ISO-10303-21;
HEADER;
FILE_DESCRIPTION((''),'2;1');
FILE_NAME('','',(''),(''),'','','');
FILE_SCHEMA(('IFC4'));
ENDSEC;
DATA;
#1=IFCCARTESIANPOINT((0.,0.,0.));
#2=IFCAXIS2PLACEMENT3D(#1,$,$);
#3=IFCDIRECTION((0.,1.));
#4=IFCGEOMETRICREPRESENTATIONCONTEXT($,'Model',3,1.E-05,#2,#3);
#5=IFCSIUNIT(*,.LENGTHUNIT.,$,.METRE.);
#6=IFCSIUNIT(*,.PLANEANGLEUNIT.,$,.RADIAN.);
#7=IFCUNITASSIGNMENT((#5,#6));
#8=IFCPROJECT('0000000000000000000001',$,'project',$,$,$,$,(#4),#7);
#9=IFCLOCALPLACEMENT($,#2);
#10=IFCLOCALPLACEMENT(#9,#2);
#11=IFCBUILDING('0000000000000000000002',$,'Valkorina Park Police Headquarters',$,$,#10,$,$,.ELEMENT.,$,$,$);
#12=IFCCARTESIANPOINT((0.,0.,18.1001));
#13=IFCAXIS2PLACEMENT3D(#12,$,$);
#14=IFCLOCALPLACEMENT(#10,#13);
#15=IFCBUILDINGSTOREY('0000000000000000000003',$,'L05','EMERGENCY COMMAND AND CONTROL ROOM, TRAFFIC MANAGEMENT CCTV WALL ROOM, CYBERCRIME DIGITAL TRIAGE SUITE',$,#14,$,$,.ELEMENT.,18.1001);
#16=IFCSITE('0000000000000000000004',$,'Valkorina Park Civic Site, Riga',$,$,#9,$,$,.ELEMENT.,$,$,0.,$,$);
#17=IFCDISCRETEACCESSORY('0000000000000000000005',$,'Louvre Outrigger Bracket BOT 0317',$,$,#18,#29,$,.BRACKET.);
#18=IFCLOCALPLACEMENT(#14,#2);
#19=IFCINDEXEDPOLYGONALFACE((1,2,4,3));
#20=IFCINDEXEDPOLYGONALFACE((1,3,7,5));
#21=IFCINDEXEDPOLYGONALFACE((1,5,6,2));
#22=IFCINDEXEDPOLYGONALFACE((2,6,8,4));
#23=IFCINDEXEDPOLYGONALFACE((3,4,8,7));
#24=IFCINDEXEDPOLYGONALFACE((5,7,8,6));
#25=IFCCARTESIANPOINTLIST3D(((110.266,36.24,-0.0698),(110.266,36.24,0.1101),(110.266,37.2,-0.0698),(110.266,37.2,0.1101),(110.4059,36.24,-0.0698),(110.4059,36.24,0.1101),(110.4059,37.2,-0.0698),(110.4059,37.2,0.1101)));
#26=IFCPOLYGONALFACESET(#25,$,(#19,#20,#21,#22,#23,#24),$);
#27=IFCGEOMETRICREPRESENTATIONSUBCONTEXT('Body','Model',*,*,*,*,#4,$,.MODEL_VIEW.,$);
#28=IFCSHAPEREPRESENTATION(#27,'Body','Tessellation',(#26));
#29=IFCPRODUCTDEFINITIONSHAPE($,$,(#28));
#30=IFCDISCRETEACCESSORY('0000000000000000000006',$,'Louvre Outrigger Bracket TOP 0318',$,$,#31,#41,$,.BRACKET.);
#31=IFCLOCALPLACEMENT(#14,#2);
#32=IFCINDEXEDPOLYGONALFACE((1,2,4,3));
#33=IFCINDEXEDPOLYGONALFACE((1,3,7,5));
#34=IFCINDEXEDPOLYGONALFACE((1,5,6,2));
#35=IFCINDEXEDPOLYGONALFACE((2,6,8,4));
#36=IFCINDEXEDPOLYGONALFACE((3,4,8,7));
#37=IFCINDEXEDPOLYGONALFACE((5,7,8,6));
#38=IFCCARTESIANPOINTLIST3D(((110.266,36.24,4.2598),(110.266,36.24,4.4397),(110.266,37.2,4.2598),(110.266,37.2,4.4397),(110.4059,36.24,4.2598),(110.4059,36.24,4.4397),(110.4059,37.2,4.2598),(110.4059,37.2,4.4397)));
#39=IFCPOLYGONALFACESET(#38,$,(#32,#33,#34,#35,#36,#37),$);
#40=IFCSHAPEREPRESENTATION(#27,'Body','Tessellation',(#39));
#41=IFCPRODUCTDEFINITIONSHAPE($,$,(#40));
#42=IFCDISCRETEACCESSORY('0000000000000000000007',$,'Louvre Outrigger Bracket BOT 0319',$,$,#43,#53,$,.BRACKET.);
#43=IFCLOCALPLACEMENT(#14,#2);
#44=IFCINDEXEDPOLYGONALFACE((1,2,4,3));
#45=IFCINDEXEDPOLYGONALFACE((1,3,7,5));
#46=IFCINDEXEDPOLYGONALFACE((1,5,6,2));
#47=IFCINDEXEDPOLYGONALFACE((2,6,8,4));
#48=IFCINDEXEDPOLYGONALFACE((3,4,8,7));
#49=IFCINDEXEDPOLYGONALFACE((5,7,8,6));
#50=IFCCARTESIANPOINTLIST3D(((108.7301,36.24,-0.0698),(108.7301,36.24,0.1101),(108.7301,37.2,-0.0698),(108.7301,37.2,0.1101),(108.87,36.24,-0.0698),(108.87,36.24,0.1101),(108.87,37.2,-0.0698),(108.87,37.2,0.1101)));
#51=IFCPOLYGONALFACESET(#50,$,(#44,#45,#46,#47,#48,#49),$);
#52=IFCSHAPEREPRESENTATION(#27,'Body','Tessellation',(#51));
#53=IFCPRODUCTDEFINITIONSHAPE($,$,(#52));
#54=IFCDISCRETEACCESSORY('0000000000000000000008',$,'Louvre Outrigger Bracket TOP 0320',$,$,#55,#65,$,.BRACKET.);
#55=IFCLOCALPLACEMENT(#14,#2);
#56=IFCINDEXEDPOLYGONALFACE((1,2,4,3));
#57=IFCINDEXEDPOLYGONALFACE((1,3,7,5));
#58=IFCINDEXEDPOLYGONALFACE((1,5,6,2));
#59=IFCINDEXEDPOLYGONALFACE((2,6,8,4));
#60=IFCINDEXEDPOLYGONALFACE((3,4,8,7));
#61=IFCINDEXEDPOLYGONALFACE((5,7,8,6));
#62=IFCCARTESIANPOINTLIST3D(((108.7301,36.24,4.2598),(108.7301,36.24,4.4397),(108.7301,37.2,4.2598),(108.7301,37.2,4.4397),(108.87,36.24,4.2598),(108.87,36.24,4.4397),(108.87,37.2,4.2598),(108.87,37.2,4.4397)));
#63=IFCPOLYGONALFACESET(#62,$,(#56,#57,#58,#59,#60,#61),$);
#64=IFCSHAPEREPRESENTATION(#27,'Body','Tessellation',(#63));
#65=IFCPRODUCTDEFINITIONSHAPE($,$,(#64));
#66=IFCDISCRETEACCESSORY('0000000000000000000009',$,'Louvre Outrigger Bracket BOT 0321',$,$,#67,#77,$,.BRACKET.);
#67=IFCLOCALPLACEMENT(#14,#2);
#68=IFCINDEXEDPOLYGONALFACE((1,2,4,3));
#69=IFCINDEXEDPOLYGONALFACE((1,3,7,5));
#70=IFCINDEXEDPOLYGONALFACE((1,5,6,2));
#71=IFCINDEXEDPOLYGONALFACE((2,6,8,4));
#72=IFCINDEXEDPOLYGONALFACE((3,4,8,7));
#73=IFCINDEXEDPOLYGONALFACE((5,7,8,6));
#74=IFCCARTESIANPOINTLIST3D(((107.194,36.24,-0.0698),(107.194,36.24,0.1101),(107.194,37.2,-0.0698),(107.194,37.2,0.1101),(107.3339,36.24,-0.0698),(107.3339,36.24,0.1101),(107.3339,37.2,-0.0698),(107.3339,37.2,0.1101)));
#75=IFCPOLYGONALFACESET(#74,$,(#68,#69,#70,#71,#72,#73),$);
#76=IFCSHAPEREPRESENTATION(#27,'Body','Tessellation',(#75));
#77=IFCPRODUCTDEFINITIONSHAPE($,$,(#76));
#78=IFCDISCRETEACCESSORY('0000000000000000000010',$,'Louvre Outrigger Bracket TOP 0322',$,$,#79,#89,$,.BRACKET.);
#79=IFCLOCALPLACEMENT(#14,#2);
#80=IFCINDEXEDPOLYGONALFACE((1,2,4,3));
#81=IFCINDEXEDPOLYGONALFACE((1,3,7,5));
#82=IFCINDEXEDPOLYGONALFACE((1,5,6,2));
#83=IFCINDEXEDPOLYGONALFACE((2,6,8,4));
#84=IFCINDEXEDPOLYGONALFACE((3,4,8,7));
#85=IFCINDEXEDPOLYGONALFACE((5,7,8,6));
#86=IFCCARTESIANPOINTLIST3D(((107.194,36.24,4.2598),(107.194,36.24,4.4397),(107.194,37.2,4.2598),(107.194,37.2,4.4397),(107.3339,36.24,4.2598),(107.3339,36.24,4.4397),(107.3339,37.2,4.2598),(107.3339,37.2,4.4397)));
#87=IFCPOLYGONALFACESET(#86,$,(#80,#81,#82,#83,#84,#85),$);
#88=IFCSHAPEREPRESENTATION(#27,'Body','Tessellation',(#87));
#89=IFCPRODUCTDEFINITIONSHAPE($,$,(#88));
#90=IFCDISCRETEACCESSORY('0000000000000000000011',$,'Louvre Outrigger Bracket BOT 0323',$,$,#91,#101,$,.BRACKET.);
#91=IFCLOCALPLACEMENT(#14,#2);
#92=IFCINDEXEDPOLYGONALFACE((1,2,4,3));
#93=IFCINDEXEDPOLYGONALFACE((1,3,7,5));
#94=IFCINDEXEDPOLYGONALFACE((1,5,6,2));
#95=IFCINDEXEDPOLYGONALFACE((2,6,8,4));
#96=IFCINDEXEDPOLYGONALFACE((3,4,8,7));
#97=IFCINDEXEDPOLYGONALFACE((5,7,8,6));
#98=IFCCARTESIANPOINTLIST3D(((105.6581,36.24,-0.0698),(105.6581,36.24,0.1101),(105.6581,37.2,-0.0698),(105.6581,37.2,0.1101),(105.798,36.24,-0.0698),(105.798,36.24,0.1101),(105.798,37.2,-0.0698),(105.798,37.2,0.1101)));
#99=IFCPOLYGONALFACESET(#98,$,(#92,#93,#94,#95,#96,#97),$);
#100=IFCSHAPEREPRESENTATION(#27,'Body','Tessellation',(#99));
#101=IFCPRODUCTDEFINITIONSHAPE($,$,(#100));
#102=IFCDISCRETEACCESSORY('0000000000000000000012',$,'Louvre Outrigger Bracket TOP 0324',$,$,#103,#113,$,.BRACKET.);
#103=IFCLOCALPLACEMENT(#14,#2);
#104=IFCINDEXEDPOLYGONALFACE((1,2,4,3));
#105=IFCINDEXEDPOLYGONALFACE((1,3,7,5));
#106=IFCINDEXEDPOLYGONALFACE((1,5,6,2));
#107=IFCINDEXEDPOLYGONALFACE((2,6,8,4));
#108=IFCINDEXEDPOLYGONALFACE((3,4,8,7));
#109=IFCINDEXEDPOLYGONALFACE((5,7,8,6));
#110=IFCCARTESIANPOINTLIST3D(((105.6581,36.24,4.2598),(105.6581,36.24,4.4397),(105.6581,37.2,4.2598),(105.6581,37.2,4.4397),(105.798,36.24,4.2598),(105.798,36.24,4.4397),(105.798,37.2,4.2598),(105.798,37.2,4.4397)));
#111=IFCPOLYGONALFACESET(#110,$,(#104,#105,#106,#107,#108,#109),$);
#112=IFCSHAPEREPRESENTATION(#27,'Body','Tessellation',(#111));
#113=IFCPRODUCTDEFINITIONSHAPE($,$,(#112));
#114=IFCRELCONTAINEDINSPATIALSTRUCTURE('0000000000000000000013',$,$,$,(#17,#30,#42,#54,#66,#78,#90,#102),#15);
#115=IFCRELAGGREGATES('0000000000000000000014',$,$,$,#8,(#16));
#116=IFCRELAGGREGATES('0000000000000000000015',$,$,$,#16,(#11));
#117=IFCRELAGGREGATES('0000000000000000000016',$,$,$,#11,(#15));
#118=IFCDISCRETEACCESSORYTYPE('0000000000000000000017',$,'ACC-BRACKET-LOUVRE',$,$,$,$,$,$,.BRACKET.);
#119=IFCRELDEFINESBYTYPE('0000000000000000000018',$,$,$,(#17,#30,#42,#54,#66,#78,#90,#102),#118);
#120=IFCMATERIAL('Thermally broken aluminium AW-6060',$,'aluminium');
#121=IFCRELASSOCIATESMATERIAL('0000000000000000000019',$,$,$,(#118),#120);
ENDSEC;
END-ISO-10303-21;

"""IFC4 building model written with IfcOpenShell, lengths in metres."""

from ifc_helpers import new_model, si_unit, direction, frame, origin, origin_2d, place, context, subcontext, project, spatial, rectangle, extrude, material, type_object, element, save


model = new_model("IFC4")

# Units and contexts
model_context = context("Model", 3, precision=1e-05, world=origin(), true_north=direction((0.0, 1.0)))
body_context = subcontext(model_context, "Body", "Model", "MODEL_VIEW")
ifc_project = project(units=[si_unit("LENGTHUNIT", "METRE"), si_unit("PLANEANGLEUNIT", "RADIAN")], contexts=[model_context])

# Site, building, storey
site_placement = place(None, origin())
site = spatial("IfcSite", under=ifc_project, at=site_placement, Name="Valkorina Park Civic Site, Riga", CompositionType="ELEMENT", RefElevation=0.0)
building_placement = place(site_placement, origin())
building = spatial("IfcBuilding", under=site, at=building_placement, Name="Valkorina Park Police Headquarters", CompositionType="ELEMENT")
storey_placement = place(building_placement, frame((0.0, 0.0, 18.1001)))
storey = spatial("IfcBuildingStorey", under=building, at=storey_placement, Name="L05", Description="EMERGENCY COMMAND AND CONTROL ROOM, TRAFFIC MANAGEMENT CCTV WALL ROOM, CYBERCRIME DIGITAL TRIAGE SUITE", CompositionType="ELEMENT", Elevation=18.1001)

# Shared definitions
ifc_material_1 = material(Name="Thermally broken aluminium AW-6060", Category="aluminium")

# Discrete accessories
discrete_accessory_type = type_object("IfcDiscreteAccessoryType", Name="ACC-BRACKET-LOUVRE", PredefinedType="BRACKET", material=ifc_material_1)
for number, where, z_axis, x_axis, name in (
    (1, (110.3359, 36.72, -0.0698), (0.0, 0.0, 1.0), (0.0, -1.0, 0.0), "Louvre Outrigger Bracket BOT 0317"),
    (2, (110.3359, 36.72, 4.2598), (0.0, 0.0, 1.0), (0.0, -1.0, 0.0), "Louvre Outrigger Bracket TOP 0318"),
    (3, (108.8, 36.72, -0.0698), (0.0, 0.0, 1.0), (0.0, -1.0, 0.0), "Louvre Outrigger Bracket BOT 0319"),
    (4, (108.8, 36.72, 4.2598), (0.0, 0.0, 1.0), (0.0, -1.0, 0.0), "Louvre Outrigger Bracket TOP 0320"),
    (5, (107.2639, 36.72, -0.0698), (0.0, 0.0, 1.0), (0.0, -1.0, 0.0), "Louvre Outrigger Bracket BOT 0321"),
    (6, (107.2639, 36.72, 4.2598), (0.0, 0.0, 1.0), (0.0, -1.0, 0.0), "Louvre Outrigger Bracket TOP 0322"),
    (7, (105.728, 36.72, -0.0698), (0.0, 0.0, 1.0), (0.0, -1.0, 0.0), "Louvre Outrigger Bracket BOT 0323"),
    (8, (105.728, 36.72, 4.2598), (0.0, 0.0, 1.0), (0.0, -1.0, 0.0), "Louvre Outrigger Bracket TOP 0324"),
):
    element("IfcDiscreteAccessory", number, at=place(storey_placement, frame(where, z_axis=z_axis, x_axis=x_axis)), inside=storey, type_object=discrete_accessory_type, Name=name, PredefinedType="BRACKET", context=body_context, shape_type="SweptSolid", body=[
        extrude(rectangle(XDim=0.96, YDim=0.1399, at=origin_2d()), origin(), (0.0, 0.0, 1.0), 0.1799),
    ])

save(model, "model.ifc")
